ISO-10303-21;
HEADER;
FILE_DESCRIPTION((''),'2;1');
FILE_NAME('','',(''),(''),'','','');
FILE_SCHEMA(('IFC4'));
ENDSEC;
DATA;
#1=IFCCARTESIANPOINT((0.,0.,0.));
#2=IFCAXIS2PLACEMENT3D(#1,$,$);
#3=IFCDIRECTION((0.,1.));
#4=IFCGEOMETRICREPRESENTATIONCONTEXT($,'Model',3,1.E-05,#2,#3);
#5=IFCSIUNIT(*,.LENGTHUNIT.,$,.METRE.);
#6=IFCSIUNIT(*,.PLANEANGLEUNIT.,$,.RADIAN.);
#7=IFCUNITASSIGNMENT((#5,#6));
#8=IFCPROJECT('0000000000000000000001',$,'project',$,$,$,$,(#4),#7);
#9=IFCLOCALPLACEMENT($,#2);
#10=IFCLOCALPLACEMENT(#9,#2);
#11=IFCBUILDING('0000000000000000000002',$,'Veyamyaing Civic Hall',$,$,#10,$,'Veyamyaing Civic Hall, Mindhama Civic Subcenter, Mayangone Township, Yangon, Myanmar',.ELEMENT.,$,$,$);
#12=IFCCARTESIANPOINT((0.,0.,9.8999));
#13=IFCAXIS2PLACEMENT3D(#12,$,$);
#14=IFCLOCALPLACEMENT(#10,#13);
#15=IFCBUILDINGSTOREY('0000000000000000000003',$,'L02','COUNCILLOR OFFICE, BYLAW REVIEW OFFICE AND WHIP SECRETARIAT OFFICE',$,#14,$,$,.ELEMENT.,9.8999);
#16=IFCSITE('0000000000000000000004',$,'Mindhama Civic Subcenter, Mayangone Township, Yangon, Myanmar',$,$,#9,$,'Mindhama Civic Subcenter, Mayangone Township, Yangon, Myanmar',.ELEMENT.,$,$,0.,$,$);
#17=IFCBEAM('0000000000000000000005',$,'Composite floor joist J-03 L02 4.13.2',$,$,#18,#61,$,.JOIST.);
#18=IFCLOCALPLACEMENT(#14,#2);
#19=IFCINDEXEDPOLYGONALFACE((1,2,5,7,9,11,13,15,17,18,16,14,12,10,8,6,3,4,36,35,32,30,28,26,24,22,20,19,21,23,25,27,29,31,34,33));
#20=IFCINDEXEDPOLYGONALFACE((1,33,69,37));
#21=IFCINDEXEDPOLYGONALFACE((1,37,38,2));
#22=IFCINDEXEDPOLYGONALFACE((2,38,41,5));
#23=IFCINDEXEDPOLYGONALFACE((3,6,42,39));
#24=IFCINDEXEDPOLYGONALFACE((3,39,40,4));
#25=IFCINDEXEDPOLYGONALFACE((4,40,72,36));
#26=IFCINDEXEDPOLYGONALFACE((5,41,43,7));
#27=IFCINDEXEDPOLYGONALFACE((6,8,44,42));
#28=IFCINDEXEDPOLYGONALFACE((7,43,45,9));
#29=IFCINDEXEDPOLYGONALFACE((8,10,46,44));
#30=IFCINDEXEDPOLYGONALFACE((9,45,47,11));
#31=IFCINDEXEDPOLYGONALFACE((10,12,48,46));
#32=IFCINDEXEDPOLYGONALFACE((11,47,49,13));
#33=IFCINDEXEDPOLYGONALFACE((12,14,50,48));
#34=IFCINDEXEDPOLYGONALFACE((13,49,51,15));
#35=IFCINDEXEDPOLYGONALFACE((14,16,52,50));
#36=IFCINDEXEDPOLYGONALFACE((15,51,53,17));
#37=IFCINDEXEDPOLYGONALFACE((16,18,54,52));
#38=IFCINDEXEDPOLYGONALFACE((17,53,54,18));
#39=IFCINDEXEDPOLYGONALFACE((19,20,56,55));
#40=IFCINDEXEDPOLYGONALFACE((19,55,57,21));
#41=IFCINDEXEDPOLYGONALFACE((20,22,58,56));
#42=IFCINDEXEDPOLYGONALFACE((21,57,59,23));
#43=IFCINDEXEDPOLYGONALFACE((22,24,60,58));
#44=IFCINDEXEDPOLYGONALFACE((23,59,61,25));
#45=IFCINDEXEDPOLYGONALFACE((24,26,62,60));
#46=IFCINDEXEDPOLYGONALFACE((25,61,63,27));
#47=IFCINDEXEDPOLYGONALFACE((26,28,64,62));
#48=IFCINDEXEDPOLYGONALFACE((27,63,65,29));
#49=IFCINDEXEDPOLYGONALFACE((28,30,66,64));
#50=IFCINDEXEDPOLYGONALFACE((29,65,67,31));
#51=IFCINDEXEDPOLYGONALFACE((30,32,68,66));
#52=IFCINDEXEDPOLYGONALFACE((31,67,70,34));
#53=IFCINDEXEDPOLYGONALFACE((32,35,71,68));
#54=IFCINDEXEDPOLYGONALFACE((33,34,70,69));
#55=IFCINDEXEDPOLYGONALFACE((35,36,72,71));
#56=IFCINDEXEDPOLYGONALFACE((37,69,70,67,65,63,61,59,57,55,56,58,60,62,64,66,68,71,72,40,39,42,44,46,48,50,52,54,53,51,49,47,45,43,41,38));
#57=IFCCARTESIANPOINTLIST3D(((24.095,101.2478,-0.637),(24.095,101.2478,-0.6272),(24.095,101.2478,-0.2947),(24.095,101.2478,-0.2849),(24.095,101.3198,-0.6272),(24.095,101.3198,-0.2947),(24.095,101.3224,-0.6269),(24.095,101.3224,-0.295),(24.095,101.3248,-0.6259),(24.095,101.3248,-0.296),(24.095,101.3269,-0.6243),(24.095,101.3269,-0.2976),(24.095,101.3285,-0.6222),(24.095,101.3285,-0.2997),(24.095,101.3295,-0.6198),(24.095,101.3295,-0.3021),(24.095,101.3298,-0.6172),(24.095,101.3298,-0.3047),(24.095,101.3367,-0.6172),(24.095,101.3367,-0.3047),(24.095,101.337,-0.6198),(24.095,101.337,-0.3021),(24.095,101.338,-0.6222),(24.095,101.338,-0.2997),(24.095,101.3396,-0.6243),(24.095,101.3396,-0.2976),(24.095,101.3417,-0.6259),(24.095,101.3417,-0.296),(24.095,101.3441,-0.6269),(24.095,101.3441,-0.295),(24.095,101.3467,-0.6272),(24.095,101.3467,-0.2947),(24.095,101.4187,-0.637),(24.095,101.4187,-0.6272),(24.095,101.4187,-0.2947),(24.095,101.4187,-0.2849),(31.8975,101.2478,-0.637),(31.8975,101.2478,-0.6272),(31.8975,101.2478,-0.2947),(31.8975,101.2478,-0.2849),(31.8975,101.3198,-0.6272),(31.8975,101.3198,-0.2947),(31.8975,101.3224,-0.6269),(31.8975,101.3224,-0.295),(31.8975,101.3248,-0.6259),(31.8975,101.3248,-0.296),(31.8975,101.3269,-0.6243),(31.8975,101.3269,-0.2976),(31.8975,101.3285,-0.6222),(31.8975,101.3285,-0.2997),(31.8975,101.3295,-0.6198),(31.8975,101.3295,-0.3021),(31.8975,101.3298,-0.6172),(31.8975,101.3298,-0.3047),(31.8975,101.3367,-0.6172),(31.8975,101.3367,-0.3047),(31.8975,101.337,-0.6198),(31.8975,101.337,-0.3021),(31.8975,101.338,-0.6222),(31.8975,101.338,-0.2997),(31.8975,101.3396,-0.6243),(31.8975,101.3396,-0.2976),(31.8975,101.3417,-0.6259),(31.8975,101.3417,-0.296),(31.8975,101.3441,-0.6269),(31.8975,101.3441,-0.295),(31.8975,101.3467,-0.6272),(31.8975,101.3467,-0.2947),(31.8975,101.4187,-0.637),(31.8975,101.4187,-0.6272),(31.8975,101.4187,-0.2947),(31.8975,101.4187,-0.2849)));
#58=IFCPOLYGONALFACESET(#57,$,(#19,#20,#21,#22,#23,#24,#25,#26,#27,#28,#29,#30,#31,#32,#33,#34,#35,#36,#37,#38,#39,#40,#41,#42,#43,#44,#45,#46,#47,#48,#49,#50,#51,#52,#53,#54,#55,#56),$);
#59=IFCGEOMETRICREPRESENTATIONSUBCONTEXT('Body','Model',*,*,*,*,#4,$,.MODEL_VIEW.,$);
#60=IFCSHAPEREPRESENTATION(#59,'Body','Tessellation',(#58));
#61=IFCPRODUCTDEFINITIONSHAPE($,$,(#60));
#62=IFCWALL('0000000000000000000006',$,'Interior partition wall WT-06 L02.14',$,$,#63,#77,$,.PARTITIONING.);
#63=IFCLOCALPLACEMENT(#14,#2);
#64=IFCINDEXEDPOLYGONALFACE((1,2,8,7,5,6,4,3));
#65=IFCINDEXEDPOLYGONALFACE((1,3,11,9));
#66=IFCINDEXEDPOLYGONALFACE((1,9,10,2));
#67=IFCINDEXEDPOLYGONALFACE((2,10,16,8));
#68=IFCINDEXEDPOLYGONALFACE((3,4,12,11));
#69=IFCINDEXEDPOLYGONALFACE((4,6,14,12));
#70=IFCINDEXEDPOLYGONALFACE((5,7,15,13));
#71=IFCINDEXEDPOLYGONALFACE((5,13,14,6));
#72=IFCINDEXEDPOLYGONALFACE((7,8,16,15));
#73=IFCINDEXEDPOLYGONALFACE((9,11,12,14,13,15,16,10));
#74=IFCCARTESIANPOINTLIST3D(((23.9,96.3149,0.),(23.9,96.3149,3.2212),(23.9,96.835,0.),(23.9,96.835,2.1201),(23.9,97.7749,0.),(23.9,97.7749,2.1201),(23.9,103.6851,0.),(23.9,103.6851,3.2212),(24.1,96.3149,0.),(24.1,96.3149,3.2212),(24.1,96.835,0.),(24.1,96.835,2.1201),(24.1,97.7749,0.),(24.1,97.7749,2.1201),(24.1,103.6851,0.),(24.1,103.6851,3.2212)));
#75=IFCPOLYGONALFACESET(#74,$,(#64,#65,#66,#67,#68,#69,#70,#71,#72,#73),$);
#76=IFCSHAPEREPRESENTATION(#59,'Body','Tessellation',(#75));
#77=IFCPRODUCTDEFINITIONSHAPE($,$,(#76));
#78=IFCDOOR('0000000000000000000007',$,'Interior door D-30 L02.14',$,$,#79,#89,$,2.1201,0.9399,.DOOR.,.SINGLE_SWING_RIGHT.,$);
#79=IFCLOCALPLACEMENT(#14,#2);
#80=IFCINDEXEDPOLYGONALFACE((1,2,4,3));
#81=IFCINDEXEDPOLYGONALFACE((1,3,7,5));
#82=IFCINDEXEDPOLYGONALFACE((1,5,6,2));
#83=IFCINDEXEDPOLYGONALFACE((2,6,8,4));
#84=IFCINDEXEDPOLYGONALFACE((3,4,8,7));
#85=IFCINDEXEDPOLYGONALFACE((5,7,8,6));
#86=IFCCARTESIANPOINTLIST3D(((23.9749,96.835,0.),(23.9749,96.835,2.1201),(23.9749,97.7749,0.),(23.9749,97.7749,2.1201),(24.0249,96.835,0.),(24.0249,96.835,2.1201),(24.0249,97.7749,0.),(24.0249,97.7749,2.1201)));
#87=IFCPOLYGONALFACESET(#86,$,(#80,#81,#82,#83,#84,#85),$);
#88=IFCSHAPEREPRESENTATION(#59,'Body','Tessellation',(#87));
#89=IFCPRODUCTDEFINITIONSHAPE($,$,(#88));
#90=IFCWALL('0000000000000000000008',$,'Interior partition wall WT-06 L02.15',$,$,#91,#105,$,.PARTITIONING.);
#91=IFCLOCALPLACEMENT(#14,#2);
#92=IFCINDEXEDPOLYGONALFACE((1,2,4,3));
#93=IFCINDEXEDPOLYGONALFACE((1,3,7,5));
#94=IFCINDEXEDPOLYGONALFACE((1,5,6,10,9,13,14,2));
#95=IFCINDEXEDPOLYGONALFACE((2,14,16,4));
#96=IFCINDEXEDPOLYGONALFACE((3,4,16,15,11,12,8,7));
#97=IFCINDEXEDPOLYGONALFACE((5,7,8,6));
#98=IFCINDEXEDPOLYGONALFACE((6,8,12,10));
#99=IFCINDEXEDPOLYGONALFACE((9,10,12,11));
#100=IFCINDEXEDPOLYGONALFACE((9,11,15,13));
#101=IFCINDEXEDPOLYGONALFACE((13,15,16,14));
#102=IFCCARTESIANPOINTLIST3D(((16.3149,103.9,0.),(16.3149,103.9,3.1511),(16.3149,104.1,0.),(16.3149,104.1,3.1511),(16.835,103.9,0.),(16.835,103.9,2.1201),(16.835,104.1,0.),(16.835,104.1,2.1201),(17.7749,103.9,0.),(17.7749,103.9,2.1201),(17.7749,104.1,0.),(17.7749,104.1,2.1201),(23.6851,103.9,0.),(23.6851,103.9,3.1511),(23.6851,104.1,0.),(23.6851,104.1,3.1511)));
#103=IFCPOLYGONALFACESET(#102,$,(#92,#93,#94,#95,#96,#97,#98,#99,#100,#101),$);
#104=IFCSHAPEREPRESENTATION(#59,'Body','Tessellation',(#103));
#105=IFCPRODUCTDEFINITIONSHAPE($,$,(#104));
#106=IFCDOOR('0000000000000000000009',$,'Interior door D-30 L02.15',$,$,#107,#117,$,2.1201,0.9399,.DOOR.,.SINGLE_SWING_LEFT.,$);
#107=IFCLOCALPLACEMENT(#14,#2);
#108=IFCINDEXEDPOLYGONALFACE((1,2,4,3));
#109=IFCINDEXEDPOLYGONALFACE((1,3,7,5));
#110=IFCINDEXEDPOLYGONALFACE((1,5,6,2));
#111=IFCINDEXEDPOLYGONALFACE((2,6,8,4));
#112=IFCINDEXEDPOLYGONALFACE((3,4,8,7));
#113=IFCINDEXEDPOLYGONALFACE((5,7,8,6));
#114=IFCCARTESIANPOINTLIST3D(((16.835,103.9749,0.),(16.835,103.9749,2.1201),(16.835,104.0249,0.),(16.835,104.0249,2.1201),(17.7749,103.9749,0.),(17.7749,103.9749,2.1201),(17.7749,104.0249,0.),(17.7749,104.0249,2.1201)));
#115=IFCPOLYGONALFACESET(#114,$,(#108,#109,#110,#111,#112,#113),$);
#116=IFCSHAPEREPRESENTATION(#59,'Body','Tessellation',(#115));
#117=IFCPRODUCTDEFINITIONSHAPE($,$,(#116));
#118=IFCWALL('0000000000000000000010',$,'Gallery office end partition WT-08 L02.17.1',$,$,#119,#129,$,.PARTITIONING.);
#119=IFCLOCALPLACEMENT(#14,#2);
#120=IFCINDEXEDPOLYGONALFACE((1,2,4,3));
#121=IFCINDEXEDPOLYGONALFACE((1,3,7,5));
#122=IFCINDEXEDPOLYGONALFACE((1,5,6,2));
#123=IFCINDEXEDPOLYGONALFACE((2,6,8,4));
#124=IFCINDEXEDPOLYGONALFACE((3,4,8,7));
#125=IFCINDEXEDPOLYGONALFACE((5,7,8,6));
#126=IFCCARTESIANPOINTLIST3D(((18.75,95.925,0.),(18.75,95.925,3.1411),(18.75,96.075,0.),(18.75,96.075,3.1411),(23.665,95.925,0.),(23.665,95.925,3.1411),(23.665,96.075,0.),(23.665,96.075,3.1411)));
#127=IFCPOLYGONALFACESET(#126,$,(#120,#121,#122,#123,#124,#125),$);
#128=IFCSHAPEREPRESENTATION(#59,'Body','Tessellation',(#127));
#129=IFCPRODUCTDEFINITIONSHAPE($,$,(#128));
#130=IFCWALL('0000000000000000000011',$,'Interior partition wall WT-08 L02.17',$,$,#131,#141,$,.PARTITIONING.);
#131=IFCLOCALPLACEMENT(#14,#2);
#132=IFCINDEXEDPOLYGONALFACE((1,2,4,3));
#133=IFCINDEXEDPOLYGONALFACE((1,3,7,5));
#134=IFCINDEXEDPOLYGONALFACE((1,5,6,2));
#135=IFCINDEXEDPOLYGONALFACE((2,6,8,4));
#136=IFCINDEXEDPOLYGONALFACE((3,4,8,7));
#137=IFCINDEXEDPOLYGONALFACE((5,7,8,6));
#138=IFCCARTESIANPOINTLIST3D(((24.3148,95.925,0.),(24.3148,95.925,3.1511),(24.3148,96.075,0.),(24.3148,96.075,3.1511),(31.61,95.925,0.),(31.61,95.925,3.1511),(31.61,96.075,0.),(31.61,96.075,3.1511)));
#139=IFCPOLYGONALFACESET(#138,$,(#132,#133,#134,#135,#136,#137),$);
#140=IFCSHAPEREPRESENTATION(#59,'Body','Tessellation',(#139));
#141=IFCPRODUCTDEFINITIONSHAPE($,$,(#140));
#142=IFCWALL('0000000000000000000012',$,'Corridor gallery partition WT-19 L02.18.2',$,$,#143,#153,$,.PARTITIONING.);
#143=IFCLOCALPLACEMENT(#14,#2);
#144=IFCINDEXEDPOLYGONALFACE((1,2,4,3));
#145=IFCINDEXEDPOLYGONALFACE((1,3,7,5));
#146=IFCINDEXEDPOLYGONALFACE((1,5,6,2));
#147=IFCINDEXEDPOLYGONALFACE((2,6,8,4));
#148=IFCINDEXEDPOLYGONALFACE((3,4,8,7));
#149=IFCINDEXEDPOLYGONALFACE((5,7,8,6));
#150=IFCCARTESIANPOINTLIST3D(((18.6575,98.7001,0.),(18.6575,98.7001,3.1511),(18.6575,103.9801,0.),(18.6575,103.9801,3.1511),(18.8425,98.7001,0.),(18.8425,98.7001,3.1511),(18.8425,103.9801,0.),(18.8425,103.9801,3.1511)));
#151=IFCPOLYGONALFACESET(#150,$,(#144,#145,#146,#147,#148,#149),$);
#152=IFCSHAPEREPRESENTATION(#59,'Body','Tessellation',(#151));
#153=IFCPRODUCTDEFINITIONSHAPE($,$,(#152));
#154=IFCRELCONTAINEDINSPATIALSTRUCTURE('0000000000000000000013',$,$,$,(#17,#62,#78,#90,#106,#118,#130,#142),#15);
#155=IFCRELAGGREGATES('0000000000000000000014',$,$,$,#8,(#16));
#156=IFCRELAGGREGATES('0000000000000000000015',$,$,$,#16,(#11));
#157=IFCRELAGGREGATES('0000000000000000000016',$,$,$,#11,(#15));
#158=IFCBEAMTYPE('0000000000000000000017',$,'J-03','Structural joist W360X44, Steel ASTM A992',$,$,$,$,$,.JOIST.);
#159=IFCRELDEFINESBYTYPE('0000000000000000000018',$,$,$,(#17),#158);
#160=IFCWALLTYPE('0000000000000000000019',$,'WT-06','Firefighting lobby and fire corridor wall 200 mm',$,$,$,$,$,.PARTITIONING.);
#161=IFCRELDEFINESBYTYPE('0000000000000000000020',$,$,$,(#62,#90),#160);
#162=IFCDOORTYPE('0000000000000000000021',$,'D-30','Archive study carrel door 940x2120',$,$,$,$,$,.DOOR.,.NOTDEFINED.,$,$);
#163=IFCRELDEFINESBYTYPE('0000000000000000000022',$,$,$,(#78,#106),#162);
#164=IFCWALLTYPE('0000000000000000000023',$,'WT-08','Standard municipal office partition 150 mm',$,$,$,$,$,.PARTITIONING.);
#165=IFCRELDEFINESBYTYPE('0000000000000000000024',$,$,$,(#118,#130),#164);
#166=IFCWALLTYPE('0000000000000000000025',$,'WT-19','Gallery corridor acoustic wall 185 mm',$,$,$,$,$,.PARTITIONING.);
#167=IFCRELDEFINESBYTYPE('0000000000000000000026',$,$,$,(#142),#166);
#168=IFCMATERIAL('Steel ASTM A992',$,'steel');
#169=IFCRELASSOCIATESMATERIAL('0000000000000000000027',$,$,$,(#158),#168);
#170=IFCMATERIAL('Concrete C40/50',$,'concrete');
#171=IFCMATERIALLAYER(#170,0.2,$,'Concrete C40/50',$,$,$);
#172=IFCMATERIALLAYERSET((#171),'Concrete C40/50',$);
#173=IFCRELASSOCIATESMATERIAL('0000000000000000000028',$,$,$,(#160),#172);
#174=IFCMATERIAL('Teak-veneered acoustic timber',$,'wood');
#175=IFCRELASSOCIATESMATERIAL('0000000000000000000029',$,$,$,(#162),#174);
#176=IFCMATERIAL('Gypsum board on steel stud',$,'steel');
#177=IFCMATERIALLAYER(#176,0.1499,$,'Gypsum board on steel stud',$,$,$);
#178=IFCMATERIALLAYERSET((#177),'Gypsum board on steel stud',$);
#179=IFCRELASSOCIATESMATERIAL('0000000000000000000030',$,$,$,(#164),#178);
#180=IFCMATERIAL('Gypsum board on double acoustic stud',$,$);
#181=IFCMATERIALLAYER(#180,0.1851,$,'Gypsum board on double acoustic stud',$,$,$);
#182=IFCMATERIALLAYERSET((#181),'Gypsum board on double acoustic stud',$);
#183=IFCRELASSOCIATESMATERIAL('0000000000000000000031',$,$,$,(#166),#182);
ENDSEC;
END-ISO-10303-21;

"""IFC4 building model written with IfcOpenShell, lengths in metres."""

from ifc_helpers import new_model, si_unit, direction, frame, frame_2d, origin, origin_2d, place, context, subcontext, project, spatial, rectangle, i_section, extrude, material, layer, layer_set, material_profile, profile_set, type_object, element, fill, save


model = new_model("IFC4")

# Units and contexts
model_context = context("Model", 3, precision=1e-05, world=origin(), true_north=direction((0.0, 1.0)))
body_context = subcontext(model_context, "Body", "Model", "MODEL_VIEW")
ifc_project = project(units=[si_unit("LENGTHUNIT", "METRE"), si_unit("PLANEANGLEUNIT", "RADIAN")], contexts=[model_context])

# Site, building, storey
site_placement = place(None, origin())
site = spatial("IfcSite", under=ifc_project, at=site_placement, Name="Mindhama Civic Subcenter, Mayangone Township, Yangon, Myanmar", LongName="Mindhama Civic Subcenter, Mayangone Township, Yangon, Myanmar", CompositionType="ELEMENT", RefElevation=0.0)
building_placement = place(site_placement, origin())
building = spatial("IfcBuilding", under=site, at=building_placement, Name="Veyamyaing Civic Hall", LongName="Veyamyaing Civic Hall, Mindhama Civic Subcenter, Mayangone Township, Yangon, Myanmar", CompositionType="ELEMENT")
storey_placement = place(building_placement, frame((0.0, 0.0, 9.8999)))
storey = spatial("IfcBuildingStorey", under=building, at=storey_placement, Name="L02", Description="COUNCILLOR OFFICE, BYLAW REVIEW OFFICE AND WHIP SECRETARIAT OFFICE", CompositionType="ELEMENT", Elevation=9.8999)

# Beam
ifc_material_1 = material(Name="Steel ASTM A992", Category="steel")
ifc_material_profile_1 = material_profile(ifc_material_1, i_section(OverallWidth=0.1709, OverallDepth=0.3521, WebThickness=0.0068, FlangeThickness=0.0098, FilletRadius=0.01, at=origin_2d()), Name="W360X44")
ifc_profile_set_1 = profile_set([ifc_material_profile_1], Name="Steel ASTM A992")
beam_type_1 = type_object("IfcBeamType", Name="J-03", Description="Structural joist W360X44, Steel ASTM A992", PredefinedType="JOIST", material=ifc_profile_set_1)
for number, where, z_axis, x_axis, name in (
    (1, (24.095, 101.3333, -0.4609), (1.0, 0.0, 0.0), (0.0, 1.0, 0.0), "Composite floor joist J-03 L02 4.13.2"),
):
    element("IfcBeam", number, at=place(storey_placement, frame(where, z_axis=z_axis, x_axis=x_axis)), inside=storey, type_object=beam_type_1, Name=name, PredefinedType="JOIST", context=body_context, shape_type="SweptSolid", body=[
        extrude(i_section(OverallWidth=0.1709, OverallDepth=0.3521, WebThickness=0.0068, FlangeThickness=0.0098, FilletRadius=0.01, at=origin_2d()), origin(), (0.0, 0.0, 1.0), 7.8025),
    ])

# Walls, openings, doors
ifc_material_2 = material(Name="Concrete C40/50", Category="concrete")
ifc_layer_1 = layer(ifc_material_2, 0.2, Name="Concrete C40/50")
ifc_layer_set_1 = layer_set([ifc_layer_1], Name="Concrete C40/50")
wall_type_1 = type_object("IfcWallType", Name="WT-06", Description="Firefighting lobby and fire corridor wall 200 mm", PredefinedType="PARTITIONING", material=ifc_layer_set_1)
wall_1_placement = place(storey_placement, frame((24.0, 96.3149, 0.0), z_axis=(0.0, 0.0, 1.0), x_axis=(0.0, 1.0, 0.0)))
wall_1 = element("IfcWall", 2, at=wall_1_placement, inside=storey, type_object=wall_type_1, Name="Interior partition wall WT-06 L02.14", PredefinedType="PARTITIONING", context=body_context, shape_type="SweptSolid", body=[
    extrude(rectangle(XDim=7.3701, YDim=0.2, at=frame_2d((3.6851, 0.0))), origin(), (0.0, 0.0, 1.0), 3.2212),
])
opening_1_placement = place(wall_1_placement, frame((0.52, 0.0, 0.0)))
opening_1 = element("IfcOpeningElement", 3, at=opening_1_placement, cuts=wall_1, PredefinedType="OPENING", context=body_context, shape_type="SweptSolid", body=[
    extrude(rectangle(XDim=0.9399, YDim=2.1201, at=frame_2d((0.47, 1.0601))), frame((0.0, 0.1099, 0.0), z_axis=(0.0, -1.0, 0.0), x_axis=(1.0, 0.0, 0.0)), (0.0, 0.0, 1.0), 0.22),
])
ifc_material_3 = material(Name="Teak-veneered acoustic timber", Category="wood")
door_type_1 = type_object("IfcDoorType", Name="D-30", Description="Archive study carrel door 940x2120", OperationType="NOTDEFINED", PredefinedType="DOOR", material=ifc_material_3)
door_1_placement = place(opening_1_placement, frame((0.9399, 0.0, 0.0), z_axis=(0.0, 0.0, 1.0), x_axis=(-1.0, 0.0, 0.0)))
door_1 = element("IfcDoor", 4, at=door_1_placement, inside=storey, type_object=door_type_1, Name="Interior door D-30 L02.14", OperationType="SINGLE_SWING_RIGHT", OverallHeight=2.1201, OverallWidth=0.9399, PredefinedType="DOOR", context=body_context, shape_type="SweptSolid", body=[
    extrude(rectangle(XDim=0.9399, YDim=2.1201, at=frame_2d((0.47, 1.0601))), frame((0.0, 0.0249, 0.0), z_axis=(0.0, -1.0, 0.0), x_axis=(1.0, 0.0, 0.0)), (0.0, 0.0, 1.0), 0.05),
])
fill(opening_1, door_1)
wall_2_placement = place(storey_placement, frame((16.3149, 104.0, 0.0), z_axis=(0.0, 0.0, 1.0), x_axis=(1.0, 0.0, 0.0)))
wall_2 = element("IfcWall", 5, at=wall_2_placement, inside=storey, type_object=wall_type_1, Name="Interior partition wall WT-06 L02.15", PredefinedType="PARTITIONING", context=body_context, shape_type="SweptSolid", body=[
    extrude(rectangle(XDim=7.3701, YDim=0.2, at=frame_2d((3.6851, 0.0))), origin(), (0.0, 0.0, 1.0), 3.1511),
])
opening_2_placement = place(wall_2_placement, frame((0.52, 0.0, 0.0)))
opening_2 = element("IfcOpeningElement", 6, at=opening_2_placement, cuts=wall_2, PredefinedType="OPENING", context=body_context, shape_type="SweptSolid", body=[
    extrude(rectangle(XDim=0.9399, YDim=2.1201, at=frame_2d((0.47, 1.0601))), frame((0.0, 0.1099, 0.0), z_axis=(0.0, -1.0, 0.0), x_axis=(1.0, 0.0, 0.0)), (0.0, 0.0, 1.0), 0.22),
])
door_2_placement = place(opening_2_placement, origin())
door_2 = element("IfcDoor", 7, at=door_2_placement, inside=storey, type_object=door_type_1, Name="Interior door D-30 L02.15", OperationType="SINGLE_SWING_LEFT", OverallHeight=2.1201, OverallWidth=0.9399, PredefinedType="DOOR", context=body_context, shape_type="SweptSolid", body=[
    extrude(rectangle(XDim=0.9399, YDim=2.1201, at=frame_2d((0.47, 1.0601))), frame((0.0, 0.0249, 0.0), z_axis=(0.0, -1.0, 0.0), x_axis=(1.0, 0.0, 0.0)), (0.0, 0.0, 1.0), 0.05),
])
fill(opening_2, door_2)

# Walls
ifc_material_4 = material(Name="Gypsum board on steel stud", Category="steel")
ifc_layer_2 = layer(ifc_material_4, 0.1499, Name="Gypsum board on steel stud")
ifc_layer_set_2 = layer_set([ifc_layer_2], Name="Gypsum board on steel stud")
wall_type_2 = type_object("IfcWallType", Name="WT-08", Description="Standard municipal office partition 150 mm", PredefinedType="PARTITIONING", material=ifc_layer_set_2)
wall_3_placement = place(storey_placement, frame((18.75, 96.0, 0.0), z_axis=(0.0, 0.0, 1.0), x_axis=(1.0, 0.0, 0.0)))
element("IfcWall", 8, at=wall_3_placement, inside=storey, type_object=wall_type_2, Name="Gallery office end partition WT-08 L02.17.1", PredefinedType="PARTITIONING", context=body_context, shape_type="SweptSolid", body=[
    extrude(rectangle(XDim=4.915, YDim=0.1499, at=frame_2d((2.4575, 0.0))), origin(), (0.0, 0.0, 1.0), 3.1411),
])
wall_4_placement = place(storey_placement, frame((24.3149, 96.0, 0.0), z_axis=(0.0, 0.0, 1.0), x_axis=(1.0, 0.0, 0.0)))
element("IfcWall", 9, at=wall_4_placement, inside=storey, type_object=wall_type_2, Name="Interior partition wall WT-08 L02.17", PredefinedType="PARTITIONING", context=body_context, shape_type="SweptSolid", body=[
    extrude(rectangle(XDim=7.2952, YDim=0.1499, at=frame_2d((3.6475, 0.0))), origin(), (0.0, 0.0, 1.0), 3.1511),
])

# Shared definitions
ifc_material_5 = material(Name="Gypsum board on double acoustic stud")
ifc_layer_3 = layer(ifc_material_5, 0.1851, Name="Gypsum board on double acoustic stud")
ifc_layer_set_3 = layer_set([ifc_layer_3], Name="Gypsum board on double acoustic stud")
wall_type_3 = type_object("IfcWallType", Name="WT-19", Description="Gallery corridor acoustic wall 185 mm", PredefinedType="PARTITIONING", material=ifc_layer_set_3)

# Wall
wall_5_placement = place(storey_placement, frame((18.75, 98.7, 0.0), z_axis=(0.0, 0.0, 1.0), x_axis=(0.0, 1.0, 0.0)))
element("IfcWall", 10, at=wall_5_placement, inside=storey, type_object=wall_type_3, Name="Corridor gallery partition WT-19 L02.18.2", PredefinedType="PARTITIONING", context=body_context, shape_type="SweptSolid", body=[
    extrude(rectangle(XDim=5.28, YDim=0.1851, at=frame_2d((2.6401, 0.0))), origin(), (0.0, 0.0, 1.0), 3.1511),
])

save(model, "model.ifc")
